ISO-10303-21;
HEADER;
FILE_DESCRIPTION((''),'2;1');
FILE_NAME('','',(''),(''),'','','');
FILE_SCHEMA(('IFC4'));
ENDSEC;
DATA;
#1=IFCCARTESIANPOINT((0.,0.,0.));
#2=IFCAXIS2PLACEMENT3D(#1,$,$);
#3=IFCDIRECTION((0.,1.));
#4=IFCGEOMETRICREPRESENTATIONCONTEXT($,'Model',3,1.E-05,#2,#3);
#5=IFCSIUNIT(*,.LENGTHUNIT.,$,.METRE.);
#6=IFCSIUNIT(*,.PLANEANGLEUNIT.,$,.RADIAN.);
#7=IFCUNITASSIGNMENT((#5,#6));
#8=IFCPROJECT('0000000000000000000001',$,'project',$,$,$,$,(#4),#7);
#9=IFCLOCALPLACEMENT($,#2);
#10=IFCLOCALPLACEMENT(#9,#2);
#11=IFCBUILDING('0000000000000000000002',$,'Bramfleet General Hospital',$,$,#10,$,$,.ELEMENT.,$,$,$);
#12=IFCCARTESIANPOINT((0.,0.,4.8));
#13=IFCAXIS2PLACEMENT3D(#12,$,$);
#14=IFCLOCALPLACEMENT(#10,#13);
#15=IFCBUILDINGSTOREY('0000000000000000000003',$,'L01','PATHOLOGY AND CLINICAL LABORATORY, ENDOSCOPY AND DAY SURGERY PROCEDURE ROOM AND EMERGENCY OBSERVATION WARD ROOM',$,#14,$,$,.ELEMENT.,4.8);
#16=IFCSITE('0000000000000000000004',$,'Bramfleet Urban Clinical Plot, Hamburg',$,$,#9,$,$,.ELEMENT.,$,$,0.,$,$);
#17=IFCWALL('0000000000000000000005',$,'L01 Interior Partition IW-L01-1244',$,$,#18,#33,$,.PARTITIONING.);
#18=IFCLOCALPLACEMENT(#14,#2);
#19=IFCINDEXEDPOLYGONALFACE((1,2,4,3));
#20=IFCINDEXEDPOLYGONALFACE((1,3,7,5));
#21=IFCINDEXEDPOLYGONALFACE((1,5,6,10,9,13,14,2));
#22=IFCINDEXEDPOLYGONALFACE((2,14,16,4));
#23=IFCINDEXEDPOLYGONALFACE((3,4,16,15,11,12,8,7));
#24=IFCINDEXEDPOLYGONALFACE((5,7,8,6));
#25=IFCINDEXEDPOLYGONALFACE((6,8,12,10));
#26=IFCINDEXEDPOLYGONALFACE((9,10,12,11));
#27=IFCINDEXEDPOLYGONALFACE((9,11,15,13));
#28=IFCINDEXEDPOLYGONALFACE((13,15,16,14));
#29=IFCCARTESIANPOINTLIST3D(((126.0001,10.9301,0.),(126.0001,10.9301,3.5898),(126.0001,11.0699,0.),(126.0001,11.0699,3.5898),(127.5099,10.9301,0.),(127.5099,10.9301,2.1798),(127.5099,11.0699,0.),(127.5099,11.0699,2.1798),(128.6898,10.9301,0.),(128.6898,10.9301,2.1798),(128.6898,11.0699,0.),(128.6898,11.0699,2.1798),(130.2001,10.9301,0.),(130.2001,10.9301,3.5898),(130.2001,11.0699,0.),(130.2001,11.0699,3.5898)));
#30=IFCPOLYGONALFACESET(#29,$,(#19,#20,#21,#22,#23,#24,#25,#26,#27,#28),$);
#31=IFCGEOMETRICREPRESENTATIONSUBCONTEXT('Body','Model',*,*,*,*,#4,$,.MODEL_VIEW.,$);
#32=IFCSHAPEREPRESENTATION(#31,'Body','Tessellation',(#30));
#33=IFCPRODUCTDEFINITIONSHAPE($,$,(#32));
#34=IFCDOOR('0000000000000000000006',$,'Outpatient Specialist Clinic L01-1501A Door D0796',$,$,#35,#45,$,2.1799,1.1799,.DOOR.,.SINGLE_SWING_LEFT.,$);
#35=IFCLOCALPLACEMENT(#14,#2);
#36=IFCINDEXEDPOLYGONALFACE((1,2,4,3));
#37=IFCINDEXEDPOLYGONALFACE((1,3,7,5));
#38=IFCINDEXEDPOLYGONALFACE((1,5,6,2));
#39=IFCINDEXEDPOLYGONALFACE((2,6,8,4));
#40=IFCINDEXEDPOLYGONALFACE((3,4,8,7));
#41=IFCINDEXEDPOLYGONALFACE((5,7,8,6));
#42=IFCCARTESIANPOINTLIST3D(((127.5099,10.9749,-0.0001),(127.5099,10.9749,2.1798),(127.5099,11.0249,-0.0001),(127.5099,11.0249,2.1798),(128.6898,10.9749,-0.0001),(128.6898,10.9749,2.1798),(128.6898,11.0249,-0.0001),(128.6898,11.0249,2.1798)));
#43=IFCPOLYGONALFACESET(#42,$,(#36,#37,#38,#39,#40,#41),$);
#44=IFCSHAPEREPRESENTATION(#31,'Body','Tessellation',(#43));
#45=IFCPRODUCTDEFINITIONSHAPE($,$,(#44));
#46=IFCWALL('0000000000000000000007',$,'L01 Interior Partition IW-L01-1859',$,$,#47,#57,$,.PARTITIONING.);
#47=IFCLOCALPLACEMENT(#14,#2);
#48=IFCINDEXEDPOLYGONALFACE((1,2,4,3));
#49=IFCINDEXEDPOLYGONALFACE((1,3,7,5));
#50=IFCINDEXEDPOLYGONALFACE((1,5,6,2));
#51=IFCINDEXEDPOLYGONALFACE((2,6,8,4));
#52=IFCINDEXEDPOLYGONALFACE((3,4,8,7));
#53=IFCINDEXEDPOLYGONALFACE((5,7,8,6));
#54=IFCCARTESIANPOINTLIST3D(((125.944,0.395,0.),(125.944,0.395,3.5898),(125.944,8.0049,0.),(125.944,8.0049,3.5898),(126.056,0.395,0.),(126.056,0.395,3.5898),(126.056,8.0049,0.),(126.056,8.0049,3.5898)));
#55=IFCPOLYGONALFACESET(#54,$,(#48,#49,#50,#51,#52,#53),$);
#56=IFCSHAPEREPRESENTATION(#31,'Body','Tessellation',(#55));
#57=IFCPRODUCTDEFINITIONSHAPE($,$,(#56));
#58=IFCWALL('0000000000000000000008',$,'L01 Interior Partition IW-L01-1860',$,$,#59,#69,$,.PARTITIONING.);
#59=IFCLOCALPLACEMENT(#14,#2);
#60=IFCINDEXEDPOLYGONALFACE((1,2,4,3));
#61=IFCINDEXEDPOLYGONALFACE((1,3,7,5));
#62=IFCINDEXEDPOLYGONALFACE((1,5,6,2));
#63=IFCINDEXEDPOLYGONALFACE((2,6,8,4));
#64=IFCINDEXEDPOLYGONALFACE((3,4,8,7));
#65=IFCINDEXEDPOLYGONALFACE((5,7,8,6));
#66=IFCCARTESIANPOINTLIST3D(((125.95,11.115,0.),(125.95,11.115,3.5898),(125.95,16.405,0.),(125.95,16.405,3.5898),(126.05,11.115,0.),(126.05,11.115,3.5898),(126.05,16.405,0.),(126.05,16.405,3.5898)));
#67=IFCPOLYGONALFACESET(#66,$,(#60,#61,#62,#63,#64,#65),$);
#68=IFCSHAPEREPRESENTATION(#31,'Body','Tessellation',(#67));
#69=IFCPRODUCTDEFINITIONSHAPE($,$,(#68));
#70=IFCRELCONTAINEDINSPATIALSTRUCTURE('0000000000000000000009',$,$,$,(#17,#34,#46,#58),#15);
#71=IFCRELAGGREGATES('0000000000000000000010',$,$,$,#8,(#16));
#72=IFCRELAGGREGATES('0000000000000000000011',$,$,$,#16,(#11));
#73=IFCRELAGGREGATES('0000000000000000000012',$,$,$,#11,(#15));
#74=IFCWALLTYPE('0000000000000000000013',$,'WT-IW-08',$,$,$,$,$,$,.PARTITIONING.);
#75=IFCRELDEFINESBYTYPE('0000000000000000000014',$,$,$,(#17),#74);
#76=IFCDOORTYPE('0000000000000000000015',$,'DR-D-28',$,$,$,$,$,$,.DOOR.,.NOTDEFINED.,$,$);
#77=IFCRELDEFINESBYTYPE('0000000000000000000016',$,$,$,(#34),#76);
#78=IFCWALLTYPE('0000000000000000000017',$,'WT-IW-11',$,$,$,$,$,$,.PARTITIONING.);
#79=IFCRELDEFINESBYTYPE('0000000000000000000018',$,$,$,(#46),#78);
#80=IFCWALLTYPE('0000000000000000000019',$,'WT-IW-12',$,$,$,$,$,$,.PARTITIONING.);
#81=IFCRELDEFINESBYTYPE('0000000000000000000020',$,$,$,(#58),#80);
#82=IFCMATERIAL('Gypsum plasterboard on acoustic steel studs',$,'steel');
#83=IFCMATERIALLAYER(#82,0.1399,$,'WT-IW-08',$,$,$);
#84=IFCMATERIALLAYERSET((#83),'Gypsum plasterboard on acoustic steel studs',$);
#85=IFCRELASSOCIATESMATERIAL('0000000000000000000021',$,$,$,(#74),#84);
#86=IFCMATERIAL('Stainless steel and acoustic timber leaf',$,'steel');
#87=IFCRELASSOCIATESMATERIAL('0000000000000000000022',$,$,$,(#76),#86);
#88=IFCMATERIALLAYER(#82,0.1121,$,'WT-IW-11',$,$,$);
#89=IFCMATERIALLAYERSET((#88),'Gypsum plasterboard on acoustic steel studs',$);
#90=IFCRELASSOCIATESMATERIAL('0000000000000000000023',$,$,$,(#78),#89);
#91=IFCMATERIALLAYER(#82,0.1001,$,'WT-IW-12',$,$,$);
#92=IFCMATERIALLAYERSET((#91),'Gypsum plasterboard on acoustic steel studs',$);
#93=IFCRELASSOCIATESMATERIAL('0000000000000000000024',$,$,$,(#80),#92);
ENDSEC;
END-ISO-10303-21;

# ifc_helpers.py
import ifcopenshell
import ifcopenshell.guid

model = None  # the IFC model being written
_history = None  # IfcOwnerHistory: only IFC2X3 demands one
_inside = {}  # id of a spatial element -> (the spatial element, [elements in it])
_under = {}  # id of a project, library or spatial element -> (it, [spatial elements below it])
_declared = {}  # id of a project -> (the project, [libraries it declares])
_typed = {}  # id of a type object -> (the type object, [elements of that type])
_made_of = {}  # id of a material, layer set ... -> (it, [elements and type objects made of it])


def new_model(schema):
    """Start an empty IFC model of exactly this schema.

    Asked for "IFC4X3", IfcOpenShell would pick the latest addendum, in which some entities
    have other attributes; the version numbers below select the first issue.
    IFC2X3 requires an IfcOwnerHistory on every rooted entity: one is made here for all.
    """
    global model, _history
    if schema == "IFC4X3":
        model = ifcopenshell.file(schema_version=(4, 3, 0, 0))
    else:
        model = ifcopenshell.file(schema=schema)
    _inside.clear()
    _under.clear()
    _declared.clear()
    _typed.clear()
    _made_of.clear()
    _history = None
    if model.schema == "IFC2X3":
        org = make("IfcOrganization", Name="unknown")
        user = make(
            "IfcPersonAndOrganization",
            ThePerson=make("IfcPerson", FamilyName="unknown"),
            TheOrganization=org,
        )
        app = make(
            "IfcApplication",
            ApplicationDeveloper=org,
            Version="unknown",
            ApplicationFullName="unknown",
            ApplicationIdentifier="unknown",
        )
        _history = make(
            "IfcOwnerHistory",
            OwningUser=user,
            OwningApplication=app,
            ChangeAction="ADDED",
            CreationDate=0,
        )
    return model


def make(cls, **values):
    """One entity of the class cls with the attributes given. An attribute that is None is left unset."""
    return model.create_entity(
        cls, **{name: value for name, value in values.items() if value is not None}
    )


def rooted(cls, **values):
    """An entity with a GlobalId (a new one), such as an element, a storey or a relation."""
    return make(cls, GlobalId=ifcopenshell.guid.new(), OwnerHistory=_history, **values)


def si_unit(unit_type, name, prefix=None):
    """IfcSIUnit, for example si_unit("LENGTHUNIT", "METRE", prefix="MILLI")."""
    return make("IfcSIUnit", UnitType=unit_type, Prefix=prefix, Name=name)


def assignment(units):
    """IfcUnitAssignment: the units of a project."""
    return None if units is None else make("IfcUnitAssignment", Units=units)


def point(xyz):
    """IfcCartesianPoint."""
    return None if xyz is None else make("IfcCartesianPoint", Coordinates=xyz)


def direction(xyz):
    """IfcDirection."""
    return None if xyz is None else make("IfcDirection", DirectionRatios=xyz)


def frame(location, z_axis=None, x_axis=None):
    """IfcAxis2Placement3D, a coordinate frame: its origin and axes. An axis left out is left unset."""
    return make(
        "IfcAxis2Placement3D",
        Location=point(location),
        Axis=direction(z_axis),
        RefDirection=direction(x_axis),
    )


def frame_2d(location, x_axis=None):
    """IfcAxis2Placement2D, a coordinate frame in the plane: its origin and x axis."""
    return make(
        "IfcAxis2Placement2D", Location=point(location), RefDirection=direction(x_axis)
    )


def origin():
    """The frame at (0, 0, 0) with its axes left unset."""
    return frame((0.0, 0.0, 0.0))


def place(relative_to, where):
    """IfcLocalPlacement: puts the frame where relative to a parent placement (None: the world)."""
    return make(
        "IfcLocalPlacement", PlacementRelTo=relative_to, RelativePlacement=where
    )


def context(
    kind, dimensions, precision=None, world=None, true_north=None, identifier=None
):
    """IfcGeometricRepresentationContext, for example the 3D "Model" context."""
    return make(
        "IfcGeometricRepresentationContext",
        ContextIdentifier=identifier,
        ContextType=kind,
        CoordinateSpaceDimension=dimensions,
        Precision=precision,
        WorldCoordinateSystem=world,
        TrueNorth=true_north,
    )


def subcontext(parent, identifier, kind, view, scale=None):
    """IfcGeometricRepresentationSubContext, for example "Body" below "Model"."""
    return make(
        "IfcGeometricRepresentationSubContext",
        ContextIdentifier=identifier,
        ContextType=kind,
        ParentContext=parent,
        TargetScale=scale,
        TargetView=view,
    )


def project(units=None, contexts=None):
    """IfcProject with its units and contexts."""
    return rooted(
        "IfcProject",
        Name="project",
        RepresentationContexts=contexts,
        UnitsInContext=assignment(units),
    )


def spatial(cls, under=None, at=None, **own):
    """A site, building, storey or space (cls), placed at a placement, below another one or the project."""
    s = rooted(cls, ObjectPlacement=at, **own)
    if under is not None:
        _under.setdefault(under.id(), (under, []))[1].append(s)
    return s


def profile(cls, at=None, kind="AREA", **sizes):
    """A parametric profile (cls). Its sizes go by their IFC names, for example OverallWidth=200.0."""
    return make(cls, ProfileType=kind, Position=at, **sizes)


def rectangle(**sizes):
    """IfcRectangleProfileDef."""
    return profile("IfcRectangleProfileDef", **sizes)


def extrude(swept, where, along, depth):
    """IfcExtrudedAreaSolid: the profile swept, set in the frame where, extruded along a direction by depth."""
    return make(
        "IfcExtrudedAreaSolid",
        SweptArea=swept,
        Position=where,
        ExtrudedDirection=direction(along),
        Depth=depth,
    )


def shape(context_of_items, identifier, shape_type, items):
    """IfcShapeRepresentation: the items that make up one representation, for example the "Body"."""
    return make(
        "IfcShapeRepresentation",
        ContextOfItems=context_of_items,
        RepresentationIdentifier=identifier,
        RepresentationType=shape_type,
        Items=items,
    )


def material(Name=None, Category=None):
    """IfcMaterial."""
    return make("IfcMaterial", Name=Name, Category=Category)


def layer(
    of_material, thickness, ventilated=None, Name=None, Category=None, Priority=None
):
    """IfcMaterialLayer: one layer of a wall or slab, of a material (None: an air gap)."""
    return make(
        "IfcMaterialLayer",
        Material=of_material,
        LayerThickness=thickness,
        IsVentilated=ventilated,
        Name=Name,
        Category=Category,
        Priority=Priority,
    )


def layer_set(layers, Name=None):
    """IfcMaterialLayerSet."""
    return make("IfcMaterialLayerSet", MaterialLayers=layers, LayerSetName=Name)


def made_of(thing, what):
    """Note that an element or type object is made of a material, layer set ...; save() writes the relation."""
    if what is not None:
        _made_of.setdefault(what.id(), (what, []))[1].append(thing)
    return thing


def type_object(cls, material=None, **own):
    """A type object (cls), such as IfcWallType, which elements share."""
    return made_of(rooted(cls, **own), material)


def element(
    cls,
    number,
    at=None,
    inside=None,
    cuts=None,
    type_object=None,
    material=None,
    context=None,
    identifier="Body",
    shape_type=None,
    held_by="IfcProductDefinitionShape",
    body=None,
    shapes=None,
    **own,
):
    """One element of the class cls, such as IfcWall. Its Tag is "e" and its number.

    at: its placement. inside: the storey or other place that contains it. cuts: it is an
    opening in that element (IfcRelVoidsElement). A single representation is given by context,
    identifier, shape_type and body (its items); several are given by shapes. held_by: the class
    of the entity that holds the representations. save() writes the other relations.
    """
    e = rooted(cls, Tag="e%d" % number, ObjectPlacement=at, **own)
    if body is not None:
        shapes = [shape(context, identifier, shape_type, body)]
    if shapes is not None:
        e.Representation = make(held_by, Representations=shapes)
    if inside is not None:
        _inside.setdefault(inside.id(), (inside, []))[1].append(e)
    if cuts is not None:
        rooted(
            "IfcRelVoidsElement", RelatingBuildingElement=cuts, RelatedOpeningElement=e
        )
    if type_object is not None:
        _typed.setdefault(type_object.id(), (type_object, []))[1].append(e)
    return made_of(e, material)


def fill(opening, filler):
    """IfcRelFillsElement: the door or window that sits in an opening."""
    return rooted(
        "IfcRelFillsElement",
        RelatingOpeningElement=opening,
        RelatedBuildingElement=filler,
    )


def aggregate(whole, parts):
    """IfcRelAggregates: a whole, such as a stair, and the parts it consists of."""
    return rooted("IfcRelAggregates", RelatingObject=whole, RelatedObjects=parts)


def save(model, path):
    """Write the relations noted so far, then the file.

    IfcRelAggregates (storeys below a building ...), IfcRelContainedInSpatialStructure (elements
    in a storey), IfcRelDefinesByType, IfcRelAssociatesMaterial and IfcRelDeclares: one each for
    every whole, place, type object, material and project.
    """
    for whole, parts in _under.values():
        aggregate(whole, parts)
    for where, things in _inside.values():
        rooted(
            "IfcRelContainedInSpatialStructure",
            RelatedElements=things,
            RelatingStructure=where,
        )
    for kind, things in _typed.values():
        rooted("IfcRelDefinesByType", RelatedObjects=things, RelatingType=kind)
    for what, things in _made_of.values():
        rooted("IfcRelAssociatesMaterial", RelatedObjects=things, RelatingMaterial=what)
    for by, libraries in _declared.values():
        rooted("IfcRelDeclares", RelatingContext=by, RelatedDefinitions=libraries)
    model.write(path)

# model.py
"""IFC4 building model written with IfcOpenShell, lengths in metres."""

from ifc_helpers import new_model, si_unit, direction, frame, frame_2d, origin, place, context, subcontext, project, spatial, rectangle, extrude, material, layer, layer_set, type_object, element, fill, save


model = new_model("IFC4")

# Units and contexts
model_context = context("Model", 3, precision=1e-05, world=origin(), true_north=direction((0.0, 1.0)))
body_context = subcontext(model_context, "Body", "Model", "MODEL_VIEW")
ifc_project = project(units=[si_unit("LENGTHUNIT", "METRE"), si_unit("PLANEANGLEUNIT", "RADIAN")], contexts=[model_context])

# Site, building, storey
site_placement = place(None, origin())
site = spatial("IfcSite", under=ifc_project, at=site_placement, Name="Bramfleet Urban Clinical Plot, Hamburg", CompositionType="ELEMENT", RefElevation=0.0)
building_placement = place(site_placement, origin())
building = spatial("IfcBuilding", under=site, at=building_placement, Name="Bramfleet General Hospital", CompositionType="ELEMENT")
storey_placement = place(building_placement, frame((0.0, 0.0, 4.8)))
storey = spatial("IfcBuildingStorey", under=building, at=storey_placement, Name="L01", Description="PATHOLOGY AND CLINICAL LABORATORY, ENDOSCOPY AND DAY SURGERY PROCEDURE ROOM AND EMERGENCY OBSERVATION WARD ROOM", CompositionType="ELEMENT", Elevation=4.8)

# Shared definitions
ifc_material_1 = material(Name="Stainless steel and acoustic timber leaf", Category="steel")

# Shared definitions
ifc_material_2 = material(Name="Gypsum plasterboard on acoustic steel studs", Category="steel")

# Wall, opening, door
ifc_layer_1 = layer(ifc_material_2, 0.1399, Name="WT-IW-08")
ifc_layer_set_1 = layer_set([ifc_layer_1], Name="Gypsum plasterboard on acoustic steel studs")
wall_type_1 = type_object("IfcWallType", Name="WT-IW-08", PredefinedType="PARTITIONING", material=ifc_layer_set_1)
wall_1_placement = place(storey_placement, frame((126.0, 11.0, 0.0), z_axis=(0.0, 0.0, 1.0), x_axis=(1.0, 0.0, 0.0)))
wall_1 = element("IfcWall", 1, at=wall_1_placement, inside=storey, type_object=wall_type_1, Name="L01 Interior Partition IW-L01-1244", PredefinedType="PARTITIONING", context=body_context, shape_type="SweptSolid", body=[
    extrude(rectangle(XDim=4.2, YDim=0.1399, at=frame_2d((2.1001, 0.0))), origin(), (0.0, 0.0, 1.0), 3.5898),
])
opening_1_placement = place(wall_1_placement, frame((1.51, 0.0, 0.0)))
opening_1 = element("IfcOpeningElement", 2, at=opening_1_placement, cuts=wall_1, PredefinedType="OPENING", context=body_context, shape_type="SweptSolid", body=[
    extrude(rectangle(XDim=1.1799, YDim=2.1799, at=frame_2d((0.5898, 1.0898))), frame((0.0, 0.0798, 0.0), z_axis=(0.0, -1.0, 0.0), x_axis=(1.0, 0.0, 0.0)), (0.0, 0.0, 1.0), 0.1599),
])
door_type_1 = type_object("IfcDoorType", Name="DR-D-28", OperationType="NOTDEFINED", PredefinedType="DOOR", material=ifc_material_1)
door_1_placement = place(opening_1_placement, origin())
door_1 = element("IfcDoor", 3, at=door_1_placement, inside=storey, type_object=door_type_1, Name="Outpatient Specialist Clinic L01-1501A Door D0796", OperationType="SINGLE_SWING_LEFT", OverallHeight=2.1799, OverallWidth=1.1799, PredefinedType="DOOR", context=body_context, shape_type="SweptSolid", body=[
    extrude(rectangle(XDim=1.1799, YDim=2.1799, at=frame_2d((0.5898, 1.0898))), frame((0.0, 0.0249, 0.0), z_axis=(0.0, -1.0, 0.0), x_axis=(1.0, 0.0, 0.0)), (0.0, 0.0, 1.0), 0.05),
])
fill(opening_1, door_1)

# Walls
ifc_layer_2 = layer(ifc_material_2, 0.1121, Name="WT-IW-11")
ifc_layer_set_2 = layer_set([ifc_layer_2], Name="Gypsum plasterboard on acoustic steel studs")
wall_type_2 = type_object("IfcWallType", Name="WT-IW-11", PredefinedType="PARTITIONING", material=ifc_layer_set_2)
wall_2_placement = place(storey_placement, frame((126.0, 0.395, 0.0), z_axis=(0.0, 0.0, 1.0), x_axis=(0.0, 1.0, 0.0)))
element("IfcWall", 4, at=wall_2_placement, inside=storey, type_object=wall_type_2, Name="L01 Interior Partition IW-L01-1859", PredefinedType="PARTITIONING", context=body_context, shape_type="SweptSolid", body=[
    extrude(rectangle(XDim=7.6099, YDim=0.1121, at=frame_2d((3.8049, 0.0))), origin(), (0.0, 0.0, 1.0), 3.5898),
])
ifc_layer_3 = layer(ifc_material_2, 0.1001, Name="WT-IW-12")
ifc_layer_set_3 = layer_set([ifc_layer_3], Name="Gypsum plasterboard on acoustic steel studs")
wall_type_3 = type_object("IfcWallType", Name="WT-IW-12", PredefinedType="PARTITIONING", material=ifc_layer_set_3)
wall_3_placement = place(storey_placement, frame((126.0, 11.115, 0.0), z_axis=(0.0, 0.0, 1.0), x_axis=(0.0, 1.0, 0.0)))
element("IfcWall", 5, at=wall_3_placement, inside=storey, type_object=wall_type_3, Name="L01 Interior Partition IW-L01-1860", PredefinedType="PARTITIONING", context=body_context, shape_type="SweptSolid", body=[
    extrude(rectangle(XDim=5.29, YDim=0.1001, at=frame_2d((2.645, 0.0))), origin(), (0.0, 0.0, 1.0), 3.5898),
])

save(model, "model.ifc")
